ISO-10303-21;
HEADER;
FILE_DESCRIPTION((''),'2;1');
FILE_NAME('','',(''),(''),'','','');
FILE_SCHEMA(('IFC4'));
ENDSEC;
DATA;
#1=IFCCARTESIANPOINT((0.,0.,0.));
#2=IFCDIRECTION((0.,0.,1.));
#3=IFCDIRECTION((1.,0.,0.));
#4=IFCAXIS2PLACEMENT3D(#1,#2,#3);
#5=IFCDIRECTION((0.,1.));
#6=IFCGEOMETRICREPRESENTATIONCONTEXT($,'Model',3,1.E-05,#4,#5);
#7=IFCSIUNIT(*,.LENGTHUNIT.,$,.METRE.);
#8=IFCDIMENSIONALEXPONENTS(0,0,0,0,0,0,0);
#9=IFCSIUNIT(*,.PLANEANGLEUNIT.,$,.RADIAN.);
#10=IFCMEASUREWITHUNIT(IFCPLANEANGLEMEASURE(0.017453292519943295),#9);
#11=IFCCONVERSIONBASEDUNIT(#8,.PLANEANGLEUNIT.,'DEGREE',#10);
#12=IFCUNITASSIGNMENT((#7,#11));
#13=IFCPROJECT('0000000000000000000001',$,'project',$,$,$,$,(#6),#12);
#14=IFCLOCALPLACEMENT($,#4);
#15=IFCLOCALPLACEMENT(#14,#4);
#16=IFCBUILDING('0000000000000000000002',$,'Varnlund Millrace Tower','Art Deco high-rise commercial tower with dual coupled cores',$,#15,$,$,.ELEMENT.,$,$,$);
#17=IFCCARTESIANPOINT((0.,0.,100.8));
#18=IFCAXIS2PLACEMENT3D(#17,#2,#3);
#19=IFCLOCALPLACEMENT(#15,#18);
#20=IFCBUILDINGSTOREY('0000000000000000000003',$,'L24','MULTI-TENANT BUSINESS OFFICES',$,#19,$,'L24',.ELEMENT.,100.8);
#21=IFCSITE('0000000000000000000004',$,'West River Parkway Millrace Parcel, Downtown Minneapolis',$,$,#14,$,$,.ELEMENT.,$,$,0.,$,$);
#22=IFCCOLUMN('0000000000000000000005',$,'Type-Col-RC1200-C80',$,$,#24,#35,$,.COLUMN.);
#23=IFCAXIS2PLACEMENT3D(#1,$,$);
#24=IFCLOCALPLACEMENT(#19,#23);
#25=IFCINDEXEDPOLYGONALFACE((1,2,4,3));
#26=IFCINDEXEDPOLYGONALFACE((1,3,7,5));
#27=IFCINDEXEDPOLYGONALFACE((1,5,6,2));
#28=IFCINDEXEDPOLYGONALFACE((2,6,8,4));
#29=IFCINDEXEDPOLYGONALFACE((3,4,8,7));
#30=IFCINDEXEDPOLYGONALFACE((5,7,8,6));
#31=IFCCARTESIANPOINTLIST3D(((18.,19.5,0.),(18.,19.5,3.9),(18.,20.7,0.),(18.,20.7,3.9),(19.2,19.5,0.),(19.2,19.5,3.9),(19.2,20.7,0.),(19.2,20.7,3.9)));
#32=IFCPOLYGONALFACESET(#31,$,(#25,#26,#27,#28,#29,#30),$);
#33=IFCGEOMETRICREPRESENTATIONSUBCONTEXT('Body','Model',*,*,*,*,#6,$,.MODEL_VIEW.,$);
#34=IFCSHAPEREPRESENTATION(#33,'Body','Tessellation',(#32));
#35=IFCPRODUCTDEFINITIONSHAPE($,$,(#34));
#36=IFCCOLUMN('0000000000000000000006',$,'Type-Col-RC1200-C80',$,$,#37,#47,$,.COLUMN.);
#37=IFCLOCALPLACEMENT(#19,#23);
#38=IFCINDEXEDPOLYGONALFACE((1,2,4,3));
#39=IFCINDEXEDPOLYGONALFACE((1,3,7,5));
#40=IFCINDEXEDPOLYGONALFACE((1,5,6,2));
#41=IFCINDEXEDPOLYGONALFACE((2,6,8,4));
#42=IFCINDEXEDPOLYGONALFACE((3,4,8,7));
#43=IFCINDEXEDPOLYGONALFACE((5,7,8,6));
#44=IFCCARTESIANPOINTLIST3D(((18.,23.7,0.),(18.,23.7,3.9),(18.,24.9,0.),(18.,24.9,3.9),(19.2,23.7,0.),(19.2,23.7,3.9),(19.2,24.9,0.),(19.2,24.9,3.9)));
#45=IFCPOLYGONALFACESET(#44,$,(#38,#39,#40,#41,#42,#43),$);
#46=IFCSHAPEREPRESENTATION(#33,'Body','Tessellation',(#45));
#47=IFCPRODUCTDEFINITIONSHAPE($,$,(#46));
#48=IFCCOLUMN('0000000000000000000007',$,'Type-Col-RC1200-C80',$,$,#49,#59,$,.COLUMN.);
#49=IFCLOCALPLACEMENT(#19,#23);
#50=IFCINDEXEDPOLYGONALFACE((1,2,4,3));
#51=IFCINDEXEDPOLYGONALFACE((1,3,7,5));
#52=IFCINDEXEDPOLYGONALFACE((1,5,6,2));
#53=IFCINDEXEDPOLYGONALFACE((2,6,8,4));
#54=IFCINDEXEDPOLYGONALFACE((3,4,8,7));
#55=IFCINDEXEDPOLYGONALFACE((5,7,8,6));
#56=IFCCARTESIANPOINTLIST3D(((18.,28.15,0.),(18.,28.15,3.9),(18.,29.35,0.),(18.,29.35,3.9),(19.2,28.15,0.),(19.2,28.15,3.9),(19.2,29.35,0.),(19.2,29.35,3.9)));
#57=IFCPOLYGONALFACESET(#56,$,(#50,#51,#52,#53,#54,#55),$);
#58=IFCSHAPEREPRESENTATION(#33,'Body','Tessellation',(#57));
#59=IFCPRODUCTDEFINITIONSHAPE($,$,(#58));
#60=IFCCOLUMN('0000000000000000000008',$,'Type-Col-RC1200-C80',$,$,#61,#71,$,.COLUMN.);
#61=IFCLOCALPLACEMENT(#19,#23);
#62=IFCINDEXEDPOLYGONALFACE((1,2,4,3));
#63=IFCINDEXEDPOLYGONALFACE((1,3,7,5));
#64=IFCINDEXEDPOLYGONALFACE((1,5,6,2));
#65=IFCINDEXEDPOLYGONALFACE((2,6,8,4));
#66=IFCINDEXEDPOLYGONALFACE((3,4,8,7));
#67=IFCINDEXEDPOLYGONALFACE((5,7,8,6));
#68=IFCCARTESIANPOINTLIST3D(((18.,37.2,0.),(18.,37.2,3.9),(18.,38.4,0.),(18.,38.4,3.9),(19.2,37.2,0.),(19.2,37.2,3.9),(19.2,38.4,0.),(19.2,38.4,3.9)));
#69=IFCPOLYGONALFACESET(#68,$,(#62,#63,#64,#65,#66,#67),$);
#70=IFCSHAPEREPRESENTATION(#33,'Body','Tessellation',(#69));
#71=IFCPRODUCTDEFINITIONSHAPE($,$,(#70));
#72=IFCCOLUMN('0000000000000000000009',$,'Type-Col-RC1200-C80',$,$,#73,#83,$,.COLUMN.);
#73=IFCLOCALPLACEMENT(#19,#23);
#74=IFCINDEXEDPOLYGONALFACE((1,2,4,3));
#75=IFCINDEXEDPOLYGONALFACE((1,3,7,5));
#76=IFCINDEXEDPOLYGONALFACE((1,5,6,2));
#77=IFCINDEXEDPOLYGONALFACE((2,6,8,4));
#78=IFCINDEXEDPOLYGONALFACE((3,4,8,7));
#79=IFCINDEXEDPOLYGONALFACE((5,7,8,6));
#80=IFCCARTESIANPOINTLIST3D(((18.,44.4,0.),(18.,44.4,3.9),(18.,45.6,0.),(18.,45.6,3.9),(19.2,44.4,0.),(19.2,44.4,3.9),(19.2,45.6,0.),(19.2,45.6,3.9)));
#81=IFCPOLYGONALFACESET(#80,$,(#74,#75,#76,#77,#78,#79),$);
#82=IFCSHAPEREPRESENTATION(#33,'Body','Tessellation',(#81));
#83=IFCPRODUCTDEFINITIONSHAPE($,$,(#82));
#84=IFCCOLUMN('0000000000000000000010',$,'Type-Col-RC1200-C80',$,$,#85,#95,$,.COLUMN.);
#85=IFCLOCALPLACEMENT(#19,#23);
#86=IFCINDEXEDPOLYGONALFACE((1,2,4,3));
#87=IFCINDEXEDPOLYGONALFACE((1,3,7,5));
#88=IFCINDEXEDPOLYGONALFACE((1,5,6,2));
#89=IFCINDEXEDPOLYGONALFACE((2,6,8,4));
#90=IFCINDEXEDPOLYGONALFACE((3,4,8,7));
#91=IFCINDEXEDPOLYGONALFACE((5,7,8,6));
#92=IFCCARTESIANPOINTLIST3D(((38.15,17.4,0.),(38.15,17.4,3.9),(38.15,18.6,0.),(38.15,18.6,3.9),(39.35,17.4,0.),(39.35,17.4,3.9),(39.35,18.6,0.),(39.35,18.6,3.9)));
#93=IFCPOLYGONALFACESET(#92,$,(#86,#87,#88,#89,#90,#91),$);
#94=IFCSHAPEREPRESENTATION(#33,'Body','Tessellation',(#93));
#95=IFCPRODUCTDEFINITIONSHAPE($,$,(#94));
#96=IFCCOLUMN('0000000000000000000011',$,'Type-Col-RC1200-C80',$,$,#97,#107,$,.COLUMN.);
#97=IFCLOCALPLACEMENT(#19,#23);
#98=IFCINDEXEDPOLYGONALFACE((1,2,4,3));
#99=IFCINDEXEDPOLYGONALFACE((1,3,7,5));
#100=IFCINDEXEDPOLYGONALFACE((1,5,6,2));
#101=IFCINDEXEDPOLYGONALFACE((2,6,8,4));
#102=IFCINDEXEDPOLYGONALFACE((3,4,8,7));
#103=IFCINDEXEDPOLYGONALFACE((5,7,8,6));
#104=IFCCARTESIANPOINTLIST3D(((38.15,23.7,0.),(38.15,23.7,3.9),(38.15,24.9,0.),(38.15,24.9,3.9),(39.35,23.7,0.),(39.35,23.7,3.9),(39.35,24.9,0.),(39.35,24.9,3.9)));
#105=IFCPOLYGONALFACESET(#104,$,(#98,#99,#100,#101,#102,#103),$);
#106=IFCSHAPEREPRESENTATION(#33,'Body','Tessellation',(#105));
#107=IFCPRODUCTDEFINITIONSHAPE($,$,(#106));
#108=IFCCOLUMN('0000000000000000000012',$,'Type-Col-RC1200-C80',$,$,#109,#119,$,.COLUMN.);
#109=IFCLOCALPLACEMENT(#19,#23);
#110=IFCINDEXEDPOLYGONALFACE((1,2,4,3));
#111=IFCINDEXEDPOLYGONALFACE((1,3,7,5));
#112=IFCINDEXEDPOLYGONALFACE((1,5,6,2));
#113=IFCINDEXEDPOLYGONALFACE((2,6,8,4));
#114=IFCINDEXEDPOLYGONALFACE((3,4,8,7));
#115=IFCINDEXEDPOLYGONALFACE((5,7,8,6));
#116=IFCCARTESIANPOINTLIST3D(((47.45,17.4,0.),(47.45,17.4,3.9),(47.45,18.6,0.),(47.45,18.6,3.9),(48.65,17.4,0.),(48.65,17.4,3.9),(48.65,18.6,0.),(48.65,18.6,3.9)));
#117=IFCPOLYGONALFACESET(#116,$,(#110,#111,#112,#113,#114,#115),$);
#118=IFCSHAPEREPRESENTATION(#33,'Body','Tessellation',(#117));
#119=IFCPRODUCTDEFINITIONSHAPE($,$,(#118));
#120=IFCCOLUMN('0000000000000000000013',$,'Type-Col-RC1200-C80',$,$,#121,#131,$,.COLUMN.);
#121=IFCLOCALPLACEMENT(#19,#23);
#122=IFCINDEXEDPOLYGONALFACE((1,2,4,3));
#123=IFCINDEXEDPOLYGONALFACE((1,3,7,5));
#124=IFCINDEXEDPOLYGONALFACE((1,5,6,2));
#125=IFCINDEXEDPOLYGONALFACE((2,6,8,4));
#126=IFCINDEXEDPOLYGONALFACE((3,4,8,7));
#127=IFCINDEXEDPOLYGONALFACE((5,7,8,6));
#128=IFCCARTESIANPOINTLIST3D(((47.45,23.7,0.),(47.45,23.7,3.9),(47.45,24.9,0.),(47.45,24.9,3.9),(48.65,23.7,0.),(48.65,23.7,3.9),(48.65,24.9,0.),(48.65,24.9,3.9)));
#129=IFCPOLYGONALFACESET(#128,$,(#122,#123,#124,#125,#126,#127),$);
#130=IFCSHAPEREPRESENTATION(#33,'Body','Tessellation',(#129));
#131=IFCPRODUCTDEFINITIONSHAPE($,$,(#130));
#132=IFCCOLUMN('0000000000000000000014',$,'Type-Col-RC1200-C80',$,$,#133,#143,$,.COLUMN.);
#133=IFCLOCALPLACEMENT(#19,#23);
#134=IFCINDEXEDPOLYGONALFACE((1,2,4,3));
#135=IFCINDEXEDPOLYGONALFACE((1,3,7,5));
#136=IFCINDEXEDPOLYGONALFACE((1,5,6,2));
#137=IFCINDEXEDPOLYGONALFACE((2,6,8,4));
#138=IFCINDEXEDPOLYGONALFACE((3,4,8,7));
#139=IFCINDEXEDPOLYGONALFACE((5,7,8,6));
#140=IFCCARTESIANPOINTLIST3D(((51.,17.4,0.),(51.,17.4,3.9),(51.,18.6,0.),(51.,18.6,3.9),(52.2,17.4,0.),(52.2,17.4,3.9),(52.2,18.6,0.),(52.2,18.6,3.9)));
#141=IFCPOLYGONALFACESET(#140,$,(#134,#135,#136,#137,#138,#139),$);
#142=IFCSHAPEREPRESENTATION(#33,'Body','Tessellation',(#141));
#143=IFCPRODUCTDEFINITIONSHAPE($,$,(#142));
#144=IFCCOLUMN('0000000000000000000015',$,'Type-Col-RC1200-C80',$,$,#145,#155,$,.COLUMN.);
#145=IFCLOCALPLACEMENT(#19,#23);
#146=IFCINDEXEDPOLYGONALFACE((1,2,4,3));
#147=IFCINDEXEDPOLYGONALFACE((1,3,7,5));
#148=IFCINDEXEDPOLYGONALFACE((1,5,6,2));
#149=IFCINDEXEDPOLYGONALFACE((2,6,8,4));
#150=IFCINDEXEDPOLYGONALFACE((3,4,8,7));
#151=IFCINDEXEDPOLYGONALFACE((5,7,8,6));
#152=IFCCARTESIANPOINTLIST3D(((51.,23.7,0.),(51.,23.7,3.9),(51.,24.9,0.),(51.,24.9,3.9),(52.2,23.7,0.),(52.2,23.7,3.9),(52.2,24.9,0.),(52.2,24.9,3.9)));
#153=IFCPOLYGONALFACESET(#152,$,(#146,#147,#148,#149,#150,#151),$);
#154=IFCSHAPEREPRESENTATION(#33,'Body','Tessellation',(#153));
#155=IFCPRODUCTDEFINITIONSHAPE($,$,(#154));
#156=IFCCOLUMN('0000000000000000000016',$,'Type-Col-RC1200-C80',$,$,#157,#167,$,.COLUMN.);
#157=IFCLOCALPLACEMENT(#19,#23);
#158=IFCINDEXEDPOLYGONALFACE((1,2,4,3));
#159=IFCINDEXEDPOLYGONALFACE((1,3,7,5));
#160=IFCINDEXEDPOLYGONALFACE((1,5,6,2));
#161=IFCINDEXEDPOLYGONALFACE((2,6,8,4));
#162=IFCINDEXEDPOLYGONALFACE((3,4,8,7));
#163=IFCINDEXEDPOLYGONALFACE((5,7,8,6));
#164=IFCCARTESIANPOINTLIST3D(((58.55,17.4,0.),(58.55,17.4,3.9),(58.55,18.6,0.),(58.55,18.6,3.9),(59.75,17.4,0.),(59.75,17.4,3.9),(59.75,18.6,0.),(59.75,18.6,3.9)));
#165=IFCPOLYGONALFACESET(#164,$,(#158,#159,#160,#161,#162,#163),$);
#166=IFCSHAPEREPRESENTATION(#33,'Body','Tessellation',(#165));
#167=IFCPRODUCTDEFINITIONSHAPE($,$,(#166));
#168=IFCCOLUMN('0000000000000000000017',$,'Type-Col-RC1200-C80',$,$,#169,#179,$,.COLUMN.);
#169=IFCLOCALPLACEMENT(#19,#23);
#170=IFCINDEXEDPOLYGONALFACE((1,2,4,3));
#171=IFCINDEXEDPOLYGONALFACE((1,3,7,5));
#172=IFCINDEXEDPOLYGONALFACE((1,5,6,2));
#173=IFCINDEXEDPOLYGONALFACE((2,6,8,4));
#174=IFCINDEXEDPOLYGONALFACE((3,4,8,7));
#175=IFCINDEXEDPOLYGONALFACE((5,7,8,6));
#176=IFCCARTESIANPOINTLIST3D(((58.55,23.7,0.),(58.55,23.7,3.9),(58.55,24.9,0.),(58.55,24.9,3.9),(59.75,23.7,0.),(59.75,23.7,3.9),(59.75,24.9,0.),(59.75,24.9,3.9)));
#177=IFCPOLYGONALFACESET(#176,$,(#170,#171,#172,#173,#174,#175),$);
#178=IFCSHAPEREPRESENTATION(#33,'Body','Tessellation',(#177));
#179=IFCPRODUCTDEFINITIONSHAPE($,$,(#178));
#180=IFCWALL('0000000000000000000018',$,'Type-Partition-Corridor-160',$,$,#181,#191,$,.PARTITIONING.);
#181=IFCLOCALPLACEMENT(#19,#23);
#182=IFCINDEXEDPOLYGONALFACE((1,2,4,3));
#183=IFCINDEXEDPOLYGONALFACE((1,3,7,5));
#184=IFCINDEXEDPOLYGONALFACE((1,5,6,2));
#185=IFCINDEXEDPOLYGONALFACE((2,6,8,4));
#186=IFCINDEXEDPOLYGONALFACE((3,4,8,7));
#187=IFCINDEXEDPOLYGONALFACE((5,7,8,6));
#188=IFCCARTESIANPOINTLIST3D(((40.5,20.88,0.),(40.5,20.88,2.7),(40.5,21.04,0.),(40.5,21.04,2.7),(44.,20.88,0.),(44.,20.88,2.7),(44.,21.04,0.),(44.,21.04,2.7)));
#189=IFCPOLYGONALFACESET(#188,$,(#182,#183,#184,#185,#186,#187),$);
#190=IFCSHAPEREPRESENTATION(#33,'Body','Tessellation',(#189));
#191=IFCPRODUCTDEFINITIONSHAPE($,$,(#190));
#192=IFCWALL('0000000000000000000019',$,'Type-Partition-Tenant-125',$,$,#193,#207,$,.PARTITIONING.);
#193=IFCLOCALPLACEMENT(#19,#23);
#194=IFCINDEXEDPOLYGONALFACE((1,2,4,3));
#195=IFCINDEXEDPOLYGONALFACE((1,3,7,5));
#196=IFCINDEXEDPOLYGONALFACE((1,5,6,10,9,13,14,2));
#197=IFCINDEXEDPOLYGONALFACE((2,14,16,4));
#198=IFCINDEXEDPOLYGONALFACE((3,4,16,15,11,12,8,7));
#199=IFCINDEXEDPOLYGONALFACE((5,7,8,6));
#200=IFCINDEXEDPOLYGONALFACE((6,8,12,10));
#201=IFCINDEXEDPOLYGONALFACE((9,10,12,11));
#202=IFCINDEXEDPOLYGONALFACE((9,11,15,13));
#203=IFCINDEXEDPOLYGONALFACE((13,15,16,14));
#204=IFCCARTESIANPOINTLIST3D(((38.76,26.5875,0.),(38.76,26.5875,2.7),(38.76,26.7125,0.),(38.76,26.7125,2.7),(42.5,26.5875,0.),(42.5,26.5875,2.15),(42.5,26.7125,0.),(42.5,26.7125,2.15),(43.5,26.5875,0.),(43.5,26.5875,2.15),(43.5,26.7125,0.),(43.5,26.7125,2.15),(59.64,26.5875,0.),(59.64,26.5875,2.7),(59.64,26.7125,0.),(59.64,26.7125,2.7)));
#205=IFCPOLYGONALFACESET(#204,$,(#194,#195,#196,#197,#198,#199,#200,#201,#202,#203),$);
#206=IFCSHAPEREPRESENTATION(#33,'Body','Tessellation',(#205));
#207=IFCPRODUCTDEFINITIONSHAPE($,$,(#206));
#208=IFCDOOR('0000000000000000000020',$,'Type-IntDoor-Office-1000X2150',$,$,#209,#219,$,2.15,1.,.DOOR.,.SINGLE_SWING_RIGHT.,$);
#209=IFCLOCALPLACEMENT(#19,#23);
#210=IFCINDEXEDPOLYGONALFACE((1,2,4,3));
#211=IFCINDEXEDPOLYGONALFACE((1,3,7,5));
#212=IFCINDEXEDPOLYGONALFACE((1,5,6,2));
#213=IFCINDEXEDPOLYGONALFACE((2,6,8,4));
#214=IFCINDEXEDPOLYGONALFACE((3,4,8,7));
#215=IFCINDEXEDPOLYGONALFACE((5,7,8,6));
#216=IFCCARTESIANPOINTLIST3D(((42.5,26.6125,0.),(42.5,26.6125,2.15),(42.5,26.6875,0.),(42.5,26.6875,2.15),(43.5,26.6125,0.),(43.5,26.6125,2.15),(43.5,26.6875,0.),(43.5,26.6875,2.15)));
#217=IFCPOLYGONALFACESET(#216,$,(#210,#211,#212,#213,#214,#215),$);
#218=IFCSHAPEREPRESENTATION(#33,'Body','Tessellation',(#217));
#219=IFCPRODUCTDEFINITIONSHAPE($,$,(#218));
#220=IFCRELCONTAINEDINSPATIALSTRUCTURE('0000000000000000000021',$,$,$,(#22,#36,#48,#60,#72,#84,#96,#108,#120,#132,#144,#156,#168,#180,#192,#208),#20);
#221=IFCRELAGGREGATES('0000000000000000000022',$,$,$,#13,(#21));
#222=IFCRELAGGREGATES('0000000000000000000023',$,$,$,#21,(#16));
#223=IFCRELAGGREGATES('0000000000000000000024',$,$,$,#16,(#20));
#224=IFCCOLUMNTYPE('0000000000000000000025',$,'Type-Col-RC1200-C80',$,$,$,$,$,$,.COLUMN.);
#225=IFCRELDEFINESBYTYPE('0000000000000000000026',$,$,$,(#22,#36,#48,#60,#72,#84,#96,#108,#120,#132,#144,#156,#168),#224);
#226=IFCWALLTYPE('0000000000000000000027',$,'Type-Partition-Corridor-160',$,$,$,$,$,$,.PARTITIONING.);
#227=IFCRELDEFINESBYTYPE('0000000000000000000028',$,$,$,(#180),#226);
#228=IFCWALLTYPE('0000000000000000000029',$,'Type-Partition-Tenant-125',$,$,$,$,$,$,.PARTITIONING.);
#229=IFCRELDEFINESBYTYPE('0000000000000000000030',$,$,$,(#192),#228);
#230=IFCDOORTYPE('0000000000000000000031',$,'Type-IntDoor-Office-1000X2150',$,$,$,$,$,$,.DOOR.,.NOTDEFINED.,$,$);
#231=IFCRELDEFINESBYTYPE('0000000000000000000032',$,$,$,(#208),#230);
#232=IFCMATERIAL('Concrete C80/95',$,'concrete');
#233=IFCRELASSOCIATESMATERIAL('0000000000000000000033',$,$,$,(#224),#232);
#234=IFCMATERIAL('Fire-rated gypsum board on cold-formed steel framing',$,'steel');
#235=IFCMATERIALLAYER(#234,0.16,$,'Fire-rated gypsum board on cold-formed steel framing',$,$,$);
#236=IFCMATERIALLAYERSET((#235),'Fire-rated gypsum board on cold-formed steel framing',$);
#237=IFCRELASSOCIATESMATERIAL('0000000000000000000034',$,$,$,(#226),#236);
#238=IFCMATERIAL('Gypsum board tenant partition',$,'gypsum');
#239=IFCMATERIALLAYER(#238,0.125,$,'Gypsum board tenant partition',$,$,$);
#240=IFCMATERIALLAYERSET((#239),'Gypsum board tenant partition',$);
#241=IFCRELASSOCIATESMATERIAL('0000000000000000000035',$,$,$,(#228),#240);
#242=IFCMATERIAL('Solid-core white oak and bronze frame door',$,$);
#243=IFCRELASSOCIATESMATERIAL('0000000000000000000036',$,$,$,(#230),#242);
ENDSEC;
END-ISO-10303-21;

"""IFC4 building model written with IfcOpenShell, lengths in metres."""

from ifc_helpers import new_model, entity, si_unit, converted_unit, direction, frame, origin_with_axes, origin_2d_with_axis, place, context, subcontext, project, spatial, polyline, rectangle, outline, extrude, material, layer, layer_set, material_profile, profile_set, type_object, element, fill, save


model = new_model("IFC4")

# Units and contexts
model_context = context("Model", 3, precision=1e-05, world=origin_with_axes(), true_north=direction((0.0, 1.0)))
body_context = subcontext(model_context, "Body", "Model", "MODEL_VIEW")
ifc_project = project(units=[si_unit("LENGTHUNIT", "METRE"), converted_unit("PLANEANGLEUNIT", "DEGREE", entity("IfcPlaneAngleMeasure", 0.017453292519943295), si_unit("PLANEANGLEUNIT", "RADIAN"), dimensions=[0, 0, 0, 0, 0, 0, 0])], contexts=[model_context])

# Site, building, storey
site_placement = place(None, origin_with_axes())
site = spatial("IfcSite", under=ifc_project, at=site_placement, Name="West River Parkway Millrace Parcel, Downtown Minneapolis", CompositionType="ELEMENT", RefElevation=0.0)
building_placement = place(site_placement, origin_with_axes())
building = spatial("IfcBuilding", under=site, at=building_placement, Name="Varnlund Millrace Tower", Description="Art Deco high-rise commercial tower with dual coupled cores", CompositionType="ELEMENT")
storey_placement = place(building_placement, frame((0.0, 0.0, 100.8), z_axis=(0.0, 0.0, 1.0), x_axis=(1.0, 0.0, 0.0)))
storey = spatial("IfcBuildingStorey", under=building, at=storey_placement, Name="L24", Description="MULTI-TENANT BUSINESS OFFICES", LongName="L24", CompositionType="ELEMENT", Elevation=100.8)

# Columns
ifc_material_1 = material(Name="Concrete C80/95", Category="concrete")
ifc_material_profile = material_profile(ifc_material_1, rectangle(XDim=1.2, YDim=1.2, at=origin_2d_with_axis()), Name="Concrete C80/95")
ifc_profile_set = profile_set([ifc_material_profile], Name="Concrete C80/95")
column_type = type_object("IfcColumnType", Name="Type-Col-RC1200-C80", PredefinedType="COLUMN", material=ifc_profile_set)
for number, where, z_axis, x_axis, name in (
    (1, (18.6, 20.1, 0.0), (0.0, 0.0, 1.0), (1.0, 0.0, 0.0), "Type-Col-RC1200-C80"),
    (2, (18.6, 24.3, 0.0), (0.0, 0.0, 1.0), (1.0, 0.0, 0.0), "Type-Col-RC1200-C80"),
    (3, (18.6, 28.75, 0.0), (0.0, 0.0, 1.0), (1.0, 0.0, 0.0), "Type-Col-RC1200-C80"),
    (4, (18.6, 37.8, 0.0), (0.0, 0.0, 1.0), (1.0, 0.0, 0.0), "Type-Col-RC1200-C80"),
    (5, (18.6, 45.0, 0.0), (0.0, 0.0, 1.0), (1.0, 0.0, 0.0), "Type-Col-RC1200-C80"),
    (6, (38.75, 18.0, 0.0), (0.0, 0.0, 1.0), (1.0, 0.0, 0.0), "Type-Col-RC1200-C80"),
    (7, (38.75, 24.3, 0.0), (0.0, 0.0, 1.0), (1.0, 0.0, 0.0), "Type-Col-RC1200-C80"),
    (8, (48.05, 18.0, 0.0), (0.0, 0.0, 1.0), (1.0, 0.0, 0.0), "Type-Col-RC1200-C80"),
    (9, (48.05, 24.3, 0.0), (0.0, 0.0, 1.0), (1.0, 0.0, 0.0), "Type-Col-RC1200-C80"),
    (10, (51.6, 18.0, 0.0), (0.0, 0.0, 1.0), (1.0, 0.0, 0.0), "Type-Col-RC1200-C80"),
    (11, (51.6, 24.3, 0.0), (0.0, 0.0, 1.0), (1.0, 0.0, 0.0), "Type-Col-RC1200-C80"),
    (12, (59.15, 18.0, 0.0), (0.0, 0.0, 1.0), (1.0, 0.0, 0.0), "Type-Col-RC1200-C80"),
    (13, (59.15, 24.3, 0.0), (0.0, 0.0, 1.0), (1.0, 0.0, 0.0), "Type-Col-RC1200-C80"),
):
    element("IfcColumn", number, at=place(storey_placement, frame(where, z_axis=z_axis, x_axis=x_axis)), inside=storey, type_object=column_type, Name=name, PredefinedType="COLUMN", context=body_context, shape_type="SweptSolid", body=[
        extrude(rectangle(XDim=1.2, YDim=1.2, at=origin_2d_with_axis()), origin_with_axes(), (0.0, 0.0, 1.0), 3.9),
    ])

# Wall
ifc_material_2 = material(Name="Fire-rated gypsum board on cold-formed steel framing", Category="steel")
ifc_layer_1 = layer(ifc_material_2, 0.16, Name="Fire-rated gypsum board on cold-formed steel framing")
ifc_layer_set_1 = layer_set([ifc_layer_1], Name="Fire-rated gypsum board on cold-formed steel framing")
wall_type_1 = type_object("IfcWallType", Name="Type-Partition-Corridor-160", PredefinedType="PARTITIONING", material=ifc_layer_set_1)
wall_1_placement = place(storey_placement, frame((40.5, 20.96, 0.0), z_axis=(0.0, 0.0, 1.0), x_axis=(1.0, 0.0, 0.0)))
element("IfcWall", 14, at=wall_1_placement, inside=storey, type_object=wall_type_1, Name="Type-Partition-Corridor-160", PredefinedType="PARTITIONING", context=body_context, shape_type="SweptSolid", body=[
    extrude(outline(polyline([(0.0, -0.08), (3.5, -0.08), (3.5, 0.08), (0.0, 0.08), (0.0, -0.08)])), origin_with_axes(), (0.0, 0.0, 1.0), 2.7),
])

# Wall, opening, door
ifc_material_3 = material(Name="Gypsum board tenant partition", Category="gypsum")
ifc_layer_2 = layer(ifc_material_3, 0.125, Name="Gypsum board tenant partition")
ifc_layer_set_2 = layer_set([ifc_layer_2], Name="Gypsum board tenant partition")
wall_type_2 = type_object("IfcWallType", Name="Type-Partition-Tenant-125", PredefinedType="PARTITIONING", material=ifc_layer_set_2)
wall_2_placement = place(storey_placement, frame((38.76, 26.65, 0.0), z_axis=(0.0, 0.0, 1.0), x_axis=(1.0, 0.0, 0.0)))
wall_2 = element("IfcWall", 15, at=wall_2_placement, inside=storey, type_object=wall_type_2, Name="Type-Partition-Tenant-125", PredefinedType="PARTITIONING", context=body_context, shape_type="SweptSolid", body=[
    extrude(outline(polyline([(0.0, -0.0625), (20.88, -0.0625), (20.88, 0.0625), (0.0, 0.0625), (0.0, -0.0625)])), origin_with_axes(), (0.0, 0.0, 1.0), 2.7),
])
opening_placement = place(wall_2_placement, frame((4.24, 0.0, 0.0), z_axis=(0.0, 0.0, 1.0), x_axis=(1.0, 0.0, 0.0)))
opening = element("IfcOpeningElement", 16, at=opening_placement, cuts=wall_2, PredefinedType="OPENING", context=body_context, shape_type="SweptSolid", body=[
    extrude(rectangle(XDim=1.0, YDim=0.145, at=origin_2d_with_axis()), origin_with_axes(), (0.0, 0.0, 1.0), 2.15),
])
ifc_material_4 = material(Name="Solid-core white oak and bronze frame door")
door_type = type_object("IfcDoorType", Name="Type-IntDoor-Office-1000X2150", OperationType="NOTDEFINED", PredefinedType="DOOR", material=ifc_material_4)
door_placement = place(wall_2_placement, frame((4.24, 0.0, 0.0), z_axis=(0.0, 0.0, 1.0), x_axis=(1.0, 0.0, 0.0)))
door = element("IfcDoor", 17, at=door_placement, inside=storey, type_object=door_type, Name="Type-IntDoor-Office-1000X2150", OperationType="SINGLE_SWING_RIGHT", OverallHeight=2.15, OverallWidth=1.0, PredefinedType="DOOR", context=body_context, shape_type="SweptSolid", body=[
    extrude(rectangle(XDim=1.0, YDim=0.075, at=origin_2d_with_axis()), origin_with_axes(), (0.0, 0.0, 1.0), 2.15),
])
fill(opening, door)

save(model, "model.ifc")
